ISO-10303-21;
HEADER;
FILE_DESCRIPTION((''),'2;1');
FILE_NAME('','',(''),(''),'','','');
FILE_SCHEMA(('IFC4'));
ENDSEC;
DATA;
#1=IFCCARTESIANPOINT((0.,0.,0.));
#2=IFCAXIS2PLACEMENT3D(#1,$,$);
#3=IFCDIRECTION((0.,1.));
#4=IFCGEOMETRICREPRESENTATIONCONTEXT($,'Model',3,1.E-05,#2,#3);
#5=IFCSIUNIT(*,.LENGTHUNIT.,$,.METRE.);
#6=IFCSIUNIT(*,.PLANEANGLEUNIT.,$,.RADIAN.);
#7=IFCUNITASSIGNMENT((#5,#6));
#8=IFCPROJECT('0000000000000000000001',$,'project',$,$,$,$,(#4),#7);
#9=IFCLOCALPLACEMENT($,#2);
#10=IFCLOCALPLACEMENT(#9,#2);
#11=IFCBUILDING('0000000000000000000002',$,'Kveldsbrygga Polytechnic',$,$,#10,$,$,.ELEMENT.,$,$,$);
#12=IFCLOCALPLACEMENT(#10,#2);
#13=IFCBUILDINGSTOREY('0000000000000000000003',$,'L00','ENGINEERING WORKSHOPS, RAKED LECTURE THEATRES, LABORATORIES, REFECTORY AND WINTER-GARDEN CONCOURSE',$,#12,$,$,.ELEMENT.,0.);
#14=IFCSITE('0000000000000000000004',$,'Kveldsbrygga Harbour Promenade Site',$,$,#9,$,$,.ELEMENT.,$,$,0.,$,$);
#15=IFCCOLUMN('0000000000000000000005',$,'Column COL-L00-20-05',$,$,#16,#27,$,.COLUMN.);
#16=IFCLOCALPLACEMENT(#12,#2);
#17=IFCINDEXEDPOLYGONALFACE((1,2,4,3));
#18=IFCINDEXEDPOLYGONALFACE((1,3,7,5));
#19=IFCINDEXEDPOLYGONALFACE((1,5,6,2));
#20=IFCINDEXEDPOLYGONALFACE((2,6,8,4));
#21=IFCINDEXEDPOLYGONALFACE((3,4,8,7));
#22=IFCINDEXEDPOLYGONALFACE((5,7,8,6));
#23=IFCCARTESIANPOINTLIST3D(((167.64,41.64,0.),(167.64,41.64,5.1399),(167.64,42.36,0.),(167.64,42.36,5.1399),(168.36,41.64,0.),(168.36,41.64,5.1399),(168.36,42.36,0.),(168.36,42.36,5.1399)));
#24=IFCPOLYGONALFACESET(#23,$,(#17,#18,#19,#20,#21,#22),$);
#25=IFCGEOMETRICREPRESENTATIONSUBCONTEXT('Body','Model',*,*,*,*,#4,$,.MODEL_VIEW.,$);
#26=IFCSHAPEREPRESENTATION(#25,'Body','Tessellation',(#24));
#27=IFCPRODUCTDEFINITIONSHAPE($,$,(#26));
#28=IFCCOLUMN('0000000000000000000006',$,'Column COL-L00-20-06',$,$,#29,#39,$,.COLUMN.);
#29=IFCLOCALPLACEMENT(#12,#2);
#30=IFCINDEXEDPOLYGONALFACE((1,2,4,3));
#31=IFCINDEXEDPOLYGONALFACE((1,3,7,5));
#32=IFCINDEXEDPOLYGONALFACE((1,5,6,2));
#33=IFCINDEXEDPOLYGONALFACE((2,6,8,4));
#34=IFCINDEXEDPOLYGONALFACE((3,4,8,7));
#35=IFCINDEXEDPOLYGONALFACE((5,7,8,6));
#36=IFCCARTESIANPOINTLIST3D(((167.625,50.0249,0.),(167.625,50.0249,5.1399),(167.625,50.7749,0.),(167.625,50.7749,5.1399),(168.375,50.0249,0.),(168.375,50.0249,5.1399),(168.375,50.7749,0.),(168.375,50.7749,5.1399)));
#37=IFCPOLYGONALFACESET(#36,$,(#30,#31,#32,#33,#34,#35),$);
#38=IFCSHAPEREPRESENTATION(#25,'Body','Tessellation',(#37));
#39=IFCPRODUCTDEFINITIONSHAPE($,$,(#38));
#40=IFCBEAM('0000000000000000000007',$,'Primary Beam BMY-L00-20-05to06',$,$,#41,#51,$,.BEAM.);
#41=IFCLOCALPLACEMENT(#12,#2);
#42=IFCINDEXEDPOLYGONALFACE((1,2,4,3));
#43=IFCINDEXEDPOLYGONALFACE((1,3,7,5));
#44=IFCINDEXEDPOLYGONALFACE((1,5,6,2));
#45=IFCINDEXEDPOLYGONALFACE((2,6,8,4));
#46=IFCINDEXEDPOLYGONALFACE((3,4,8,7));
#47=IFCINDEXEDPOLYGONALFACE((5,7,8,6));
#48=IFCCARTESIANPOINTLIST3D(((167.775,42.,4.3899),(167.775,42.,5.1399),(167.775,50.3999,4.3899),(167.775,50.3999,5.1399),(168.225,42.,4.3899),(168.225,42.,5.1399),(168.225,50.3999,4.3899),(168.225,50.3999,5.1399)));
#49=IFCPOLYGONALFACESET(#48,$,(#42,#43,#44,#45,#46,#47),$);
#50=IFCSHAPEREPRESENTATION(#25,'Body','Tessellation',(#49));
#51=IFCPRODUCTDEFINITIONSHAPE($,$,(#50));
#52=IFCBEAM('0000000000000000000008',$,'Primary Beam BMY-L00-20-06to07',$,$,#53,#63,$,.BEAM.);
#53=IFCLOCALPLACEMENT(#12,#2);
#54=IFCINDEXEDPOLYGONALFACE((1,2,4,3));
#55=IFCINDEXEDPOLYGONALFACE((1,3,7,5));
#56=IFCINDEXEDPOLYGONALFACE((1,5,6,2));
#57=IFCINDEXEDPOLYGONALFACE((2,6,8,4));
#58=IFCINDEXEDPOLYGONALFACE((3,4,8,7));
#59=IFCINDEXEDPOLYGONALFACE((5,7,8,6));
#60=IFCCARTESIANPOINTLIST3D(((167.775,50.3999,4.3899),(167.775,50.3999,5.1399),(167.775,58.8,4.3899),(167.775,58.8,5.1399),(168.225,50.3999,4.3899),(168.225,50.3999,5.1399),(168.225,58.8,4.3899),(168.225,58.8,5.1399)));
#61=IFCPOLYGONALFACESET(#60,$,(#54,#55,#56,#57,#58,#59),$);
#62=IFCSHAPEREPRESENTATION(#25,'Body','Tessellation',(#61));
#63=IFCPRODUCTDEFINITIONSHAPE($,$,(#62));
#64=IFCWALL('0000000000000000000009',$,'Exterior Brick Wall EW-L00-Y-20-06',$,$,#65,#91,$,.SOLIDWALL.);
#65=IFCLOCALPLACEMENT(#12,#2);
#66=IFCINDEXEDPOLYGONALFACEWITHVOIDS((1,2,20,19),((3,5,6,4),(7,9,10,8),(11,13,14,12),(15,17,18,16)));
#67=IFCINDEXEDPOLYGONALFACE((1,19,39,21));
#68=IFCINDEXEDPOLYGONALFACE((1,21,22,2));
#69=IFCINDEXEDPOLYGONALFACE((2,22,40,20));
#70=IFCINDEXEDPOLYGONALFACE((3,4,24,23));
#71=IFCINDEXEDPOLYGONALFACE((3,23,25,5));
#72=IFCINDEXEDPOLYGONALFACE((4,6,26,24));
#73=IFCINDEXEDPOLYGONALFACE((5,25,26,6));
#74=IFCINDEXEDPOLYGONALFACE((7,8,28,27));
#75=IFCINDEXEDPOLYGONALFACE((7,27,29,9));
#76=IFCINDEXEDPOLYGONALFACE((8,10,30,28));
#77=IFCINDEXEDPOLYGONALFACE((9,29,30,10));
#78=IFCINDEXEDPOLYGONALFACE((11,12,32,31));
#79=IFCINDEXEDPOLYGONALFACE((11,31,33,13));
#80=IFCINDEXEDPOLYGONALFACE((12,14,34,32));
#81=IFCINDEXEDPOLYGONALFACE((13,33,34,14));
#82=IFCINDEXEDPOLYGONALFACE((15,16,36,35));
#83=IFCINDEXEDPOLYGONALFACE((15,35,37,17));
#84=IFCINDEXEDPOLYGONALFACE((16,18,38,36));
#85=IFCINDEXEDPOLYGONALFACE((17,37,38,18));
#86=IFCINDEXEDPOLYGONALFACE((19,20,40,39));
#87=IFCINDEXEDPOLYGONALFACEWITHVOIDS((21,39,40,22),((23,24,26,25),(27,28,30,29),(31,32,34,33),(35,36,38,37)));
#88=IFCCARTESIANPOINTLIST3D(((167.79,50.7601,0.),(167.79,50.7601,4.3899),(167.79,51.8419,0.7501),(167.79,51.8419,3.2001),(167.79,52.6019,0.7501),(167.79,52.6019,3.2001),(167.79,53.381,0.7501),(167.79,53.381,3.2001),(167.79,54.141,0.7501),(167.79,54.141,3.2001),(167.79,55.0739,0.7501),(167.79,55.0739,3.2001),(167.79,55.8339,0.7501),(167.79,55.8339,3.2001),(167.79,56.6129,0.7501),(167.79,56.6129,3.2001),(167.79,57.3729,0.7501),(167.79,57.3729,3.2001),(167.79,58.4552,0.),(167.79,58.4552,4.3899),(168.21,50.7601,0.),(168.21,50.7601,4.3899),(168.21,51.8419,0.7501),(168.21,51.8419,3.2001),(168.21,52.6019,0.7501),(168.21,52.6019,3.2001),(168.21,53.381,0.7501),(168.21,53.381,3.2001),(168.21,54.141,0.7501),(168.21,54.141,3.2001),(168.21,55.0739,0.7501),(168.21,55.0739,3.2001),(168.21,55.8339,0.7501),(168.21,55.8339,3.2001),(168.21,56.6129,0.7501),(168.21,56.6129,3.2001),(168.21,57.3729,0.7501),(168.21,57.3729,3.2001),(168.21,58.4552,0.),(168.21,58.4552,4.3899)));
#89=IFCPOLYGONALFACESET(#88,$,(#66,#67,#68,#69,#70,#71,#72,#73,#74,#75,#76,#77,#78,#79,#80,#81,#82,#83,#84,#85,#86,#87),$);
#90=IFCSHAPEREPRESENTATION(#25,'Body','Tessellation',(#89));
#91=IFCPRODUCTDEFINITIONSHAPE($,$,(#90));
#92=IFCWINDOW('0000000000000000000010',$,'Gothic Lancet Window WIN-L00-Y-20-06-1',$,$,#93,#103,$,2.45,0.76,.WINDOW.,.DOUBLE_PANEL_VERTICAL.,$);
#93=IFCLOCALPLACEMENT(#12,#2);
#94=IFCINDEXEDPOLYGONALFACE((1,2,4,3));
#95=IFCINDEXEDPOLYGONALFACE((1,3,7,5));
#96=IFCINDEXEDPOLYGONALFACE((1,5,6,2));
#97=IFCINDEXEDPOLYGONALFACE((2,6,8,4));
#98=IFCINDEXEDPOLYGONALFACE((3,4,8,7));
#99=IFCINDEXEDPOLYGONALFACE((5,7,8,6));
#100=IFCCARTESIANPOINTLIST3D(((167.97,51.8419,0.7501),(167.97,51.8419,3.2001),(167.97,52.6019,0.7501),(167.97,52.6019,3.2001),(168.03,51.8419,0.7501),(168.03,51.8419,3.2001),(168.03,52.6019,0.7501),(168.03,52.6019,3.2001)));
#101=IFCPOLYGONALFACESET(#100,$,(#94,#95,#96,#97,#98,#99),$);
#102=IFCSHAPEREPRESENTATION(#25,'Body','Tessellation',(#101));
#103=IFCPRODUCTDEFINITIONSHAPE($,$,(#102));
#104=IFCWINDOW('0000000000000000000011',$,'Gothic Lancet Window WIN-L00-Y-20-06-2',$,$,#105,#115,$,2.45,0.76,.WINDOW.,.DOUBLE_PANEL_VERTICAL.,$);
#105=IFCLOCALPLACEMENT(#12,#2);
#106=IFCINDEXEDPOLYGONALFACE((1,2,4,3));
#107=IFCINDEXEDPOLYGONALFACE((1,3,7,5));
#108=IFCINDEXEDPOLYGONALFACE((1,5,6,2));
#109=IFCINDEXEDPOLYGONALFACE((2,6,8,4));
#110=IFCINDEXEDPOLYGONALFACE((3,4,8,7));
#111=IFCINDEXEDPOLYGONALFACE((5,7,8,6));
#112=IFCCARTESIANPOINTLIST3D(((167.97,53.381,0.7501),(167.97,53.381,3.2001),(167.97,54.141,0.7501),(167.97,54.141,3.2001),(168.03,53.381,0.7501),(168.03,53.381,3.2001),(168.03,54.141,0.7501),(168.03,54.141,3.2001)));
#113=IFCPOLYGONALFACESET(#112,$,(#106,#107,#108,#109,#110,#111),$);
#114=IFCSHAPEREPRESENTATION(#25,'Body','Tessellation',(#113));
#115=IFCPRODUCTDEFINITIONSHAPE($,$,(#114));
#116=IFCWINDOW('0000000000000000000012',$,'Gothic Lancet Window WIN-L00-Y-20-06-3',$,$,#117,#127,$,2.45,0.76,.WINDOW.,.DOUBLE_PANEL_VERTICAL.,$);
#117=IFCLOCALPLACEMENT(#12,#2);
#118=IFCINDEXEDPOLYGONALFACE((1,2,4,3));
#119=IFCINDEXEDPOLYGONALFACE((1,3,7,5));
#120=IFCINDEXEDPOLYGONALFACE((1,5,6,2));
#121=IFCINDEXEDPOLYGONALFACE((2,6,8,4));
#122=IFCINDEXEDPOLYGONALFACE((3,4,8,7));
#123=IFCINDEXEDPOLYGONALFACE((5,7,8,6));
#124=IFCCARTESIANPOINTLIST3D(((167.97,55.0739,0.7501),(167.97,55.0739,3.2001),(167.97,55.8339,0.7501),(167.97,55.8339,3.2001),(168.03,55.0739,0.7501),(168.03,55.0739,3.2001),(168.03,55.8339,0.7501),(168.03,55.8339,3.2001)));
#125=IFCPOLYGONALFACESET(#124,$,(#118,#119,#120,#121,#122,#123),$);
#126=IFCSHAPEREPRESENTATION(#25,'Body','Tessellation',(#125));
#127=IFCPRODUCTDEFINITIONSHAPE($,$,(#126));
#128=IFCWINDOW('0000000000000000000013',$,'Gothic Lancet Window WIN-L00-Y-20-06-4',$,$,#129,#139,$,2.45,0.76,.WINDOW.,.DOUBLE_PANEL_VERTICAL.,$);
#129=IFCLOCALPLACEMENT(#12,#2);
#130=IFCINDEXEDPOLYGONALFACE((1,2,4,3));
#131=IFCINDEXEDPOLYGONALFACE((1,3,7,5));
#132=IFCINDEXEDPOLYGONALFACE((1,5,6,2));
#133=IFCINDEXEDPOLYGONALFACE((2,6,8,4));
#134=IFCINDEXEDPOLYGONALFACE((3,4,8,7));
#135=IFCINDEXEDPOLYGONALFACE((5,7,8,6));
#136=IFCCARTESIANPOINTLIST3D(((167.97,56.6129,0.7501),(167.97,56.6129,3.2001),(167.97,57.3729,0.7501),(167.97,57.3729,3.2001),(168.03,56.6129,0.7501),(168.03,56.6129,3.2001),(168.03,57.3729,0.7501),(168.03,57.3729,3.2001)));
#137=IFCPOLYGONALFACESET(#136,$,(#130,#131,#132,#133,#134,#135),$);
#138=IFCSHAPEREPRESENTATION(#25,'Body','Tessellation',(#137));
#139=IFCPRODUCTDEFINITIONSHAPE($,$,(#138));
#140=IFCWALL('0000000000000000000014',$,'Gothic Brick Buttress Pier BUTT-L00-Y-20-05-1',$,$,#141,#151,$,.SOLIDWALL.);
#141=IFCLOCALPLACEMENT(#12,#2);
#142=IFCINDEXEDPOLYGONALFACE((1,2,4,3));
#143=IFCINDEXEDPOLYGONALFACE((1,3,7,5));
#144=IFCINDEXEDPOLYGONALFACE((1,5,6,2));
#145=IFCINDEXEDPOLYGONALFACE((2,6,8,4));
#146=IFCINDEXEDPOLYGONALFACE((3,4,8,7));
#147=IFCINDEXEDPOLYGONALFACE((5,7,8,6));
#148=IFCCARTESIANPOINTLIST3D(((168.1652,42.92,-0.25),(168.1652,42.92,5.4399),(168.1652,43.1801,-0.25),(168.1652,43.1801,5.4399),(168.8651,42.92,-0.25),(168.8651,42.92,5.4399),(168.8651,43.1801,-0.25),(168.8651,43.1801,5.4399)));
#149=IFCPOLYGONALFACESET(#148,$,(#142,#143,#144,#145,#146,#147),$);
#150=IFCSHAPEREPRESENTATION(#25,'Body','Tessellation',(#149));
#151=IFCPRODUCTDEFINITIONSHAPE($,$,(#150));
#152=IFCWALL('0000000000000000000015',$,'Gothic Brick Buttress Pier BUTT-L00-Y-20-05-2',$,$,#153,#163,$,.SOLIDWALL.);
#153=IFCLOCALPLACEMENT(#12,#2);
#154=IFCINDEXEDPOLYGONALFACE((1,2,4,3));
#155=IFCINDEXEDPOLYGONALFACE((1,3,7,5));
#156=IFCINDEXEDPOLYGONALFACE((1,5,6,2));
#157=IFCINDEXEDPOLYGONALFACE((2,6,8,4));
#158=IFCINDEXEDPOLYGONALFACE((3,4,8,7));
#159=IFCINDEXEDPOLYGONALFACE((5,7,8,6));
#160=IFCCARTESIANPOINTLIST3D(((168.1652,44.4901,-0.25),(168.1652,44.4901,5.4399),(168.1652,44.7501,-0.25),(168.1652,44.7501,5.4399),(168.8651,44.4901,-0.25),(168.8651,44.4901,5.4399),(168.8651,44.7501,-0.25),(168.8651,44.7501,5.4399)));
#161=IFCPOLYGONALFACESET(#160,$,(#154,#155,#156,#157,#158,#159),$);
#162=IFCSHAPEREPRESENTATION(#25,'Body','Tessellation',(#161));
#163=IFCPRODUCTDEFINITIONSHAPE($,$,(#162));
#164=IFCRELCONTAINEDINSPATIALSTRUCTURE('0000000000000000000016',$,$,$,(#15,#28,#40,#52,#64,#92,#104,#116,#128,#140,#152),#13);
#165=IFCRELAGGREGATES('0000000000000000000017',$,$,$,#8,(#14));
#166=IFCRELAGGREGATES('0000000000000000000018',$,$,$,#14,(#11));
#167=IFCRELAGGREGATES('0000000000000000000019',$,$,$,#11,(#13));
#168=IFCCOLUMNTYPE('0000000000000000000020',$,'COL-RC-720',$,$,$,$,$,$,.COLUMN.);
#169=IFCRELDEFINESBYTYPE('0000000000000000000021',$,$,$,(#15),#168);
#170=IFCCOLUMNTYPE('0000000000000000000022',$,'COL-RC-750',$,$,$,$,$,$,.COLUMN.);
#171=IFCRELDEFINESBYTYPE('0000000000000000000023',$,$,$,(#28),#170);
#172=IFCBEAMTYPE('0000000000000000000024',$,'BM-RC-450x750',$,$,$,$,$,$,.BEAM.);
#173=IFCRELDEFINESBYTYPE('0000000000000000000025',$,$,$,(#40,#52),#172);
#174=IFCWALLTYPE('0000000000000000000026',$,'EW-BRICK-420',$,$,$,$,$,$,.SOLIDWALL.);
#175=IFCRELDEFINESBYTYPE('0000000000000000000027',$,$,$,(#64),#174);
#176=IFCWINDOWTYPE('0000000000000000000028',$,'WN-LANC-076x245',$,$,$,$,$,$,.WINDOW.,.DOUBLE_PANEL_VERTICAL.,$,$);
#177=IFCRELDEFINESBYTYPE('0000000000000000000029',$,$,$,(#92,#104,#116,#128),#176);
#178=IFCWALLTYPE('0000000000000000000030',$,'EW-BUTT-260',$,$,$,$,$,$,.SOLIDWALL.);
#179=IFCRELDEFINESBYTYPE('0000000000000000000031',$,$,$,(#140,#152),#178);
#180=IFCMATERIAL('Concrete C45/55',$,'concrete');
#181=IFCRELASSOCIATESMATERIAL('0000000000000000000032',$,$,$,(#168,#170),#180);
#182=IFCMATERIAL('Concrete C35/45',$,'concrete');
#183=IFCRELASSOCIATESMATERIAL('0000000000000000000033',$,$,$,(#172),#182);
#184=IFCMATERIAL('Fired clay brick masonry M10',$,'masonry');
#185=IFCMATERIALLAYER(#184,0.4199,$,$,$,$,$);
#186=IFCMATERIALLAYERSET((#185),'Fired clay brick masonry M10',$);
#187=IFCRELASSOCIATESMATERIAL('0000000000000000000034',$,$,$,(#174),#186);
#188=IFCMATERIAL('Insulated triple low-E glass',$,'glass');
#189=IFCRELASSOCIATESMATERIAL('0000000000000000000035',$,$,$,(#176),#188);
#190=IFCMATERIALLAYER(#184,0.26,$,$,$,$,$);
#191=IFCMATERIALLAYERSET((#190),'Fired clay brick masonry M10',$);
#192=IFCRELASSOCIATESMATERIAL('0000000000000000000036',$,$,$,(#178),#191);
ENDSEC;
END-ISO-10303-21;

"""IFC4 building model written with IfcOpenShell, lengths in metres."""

from ifc_helpers import new_model, si_unit, direction, frame, frame_2d, origin, origin_2d, place, context, subcontext, project, spatial, rectangle, extrude, material, layer, layer_set, material_profile, profile_set, type_object, element, fill, save


model = new_model("IFC4")

# Units and contexts
model_context = context("Model", 3, precision=1e-05, world=origin(), true_north=direction((0.0, 1.0)))
body_context = subcontext(model_context, "Body", "Model", "MODEL_VIEW")
ifc_project = project(units=[si_unit("LENGTHUNIT", "METRE"), si_unit("PLANEANGLEUNIT", "RADIAN")], contexts=[model_context])

# Site, building, storey
site_placement = place(None, origin())
site = spatial("IfcSite", under=ifc_project, at=site_placement, Name="Kveldsbrygga Harbour Promenade Site", CompositionType="ELEMENT", RefElevation=0.0)
building_placement = place(site_placement, origin())
building = spatial("IfcBuilding", under=site, at=building_placement, Name="Kveldsbrygga Polytechnic", CompositionType="ELEMENT")
storey_placement = place(building_placement, origin())
storey = spatial("IfcBuildingStorey", under=building, at=storey_placement, Name="L00", Description="ENGINEERING WORKSHOPS, RAKED LECTURE THEATRES, LABORATORIES, REFECTORY AND WINTER-GARDEN CONCOURSE", CompositionType="ELEMENT", Elevation=0.0)

# Columns
ifc_material_1 = material(Name="Concrete C45/55", Category="concrete")
ifc_material_profile_1 = material_profile(ifc_material_1, rectangle(XDim=0.72, YDim=0.72, at=origin_2d()), Name="RC 720x720")
ifc_profile_set_1 = profile_set([ifc_material_profile_1], Name="Concrete C45/55")
column_type_1 = type_object("IfcColumnType", Name="COL-RC-720", PredefinedType="COLUMN", material=ifc_profile_set_1)
column_1_placement = place(storey_placement, frame((168.0, 42.0, 0.0), z_axis=(0.0, 0.0, 1.0), x_axis=(1.0, 0.0, 0.0)))
element("IfcColumn", 1, at=column_1_placement, inside=storey, type_object=column_type_1, Name="Column COL-L00-20-05", PredefinedType="COLUMN", context=body_context, shape_type="SweptSolid", body=[
    extrude(rectangle(XDim=0.72, YDim=0.72, at=origin_2d()), origin(), (0.0, 0.0, 1.0), 5.1399),
])
ifc_material_profile_2 = material_profile(ifc_material_1, rectangle(XDim=0.75, YDim=0.75, at=origin_2d()), Name="RC 750x750")
ifc_profile_set_2 = profile_set([ifc_material_profile_2], Name="Concrete C45/55")
column_type_2 = type_object("IfcColumnType", Name="COL-RC-750", PredefinedType="COLUMN", material=ifc_profile_set_2)
column_2_placement = place(storey_placement, frame((168.0, 50.3999, 0.0), z_axis=(0.0, 0.0, 1.0), x_axis=(1.0, 0.0, 0.0)))
element("IfcColumn", 2, at=column_2_placement, inside=storey, type_object=column_type_2, Name="Column COL-L00-20-06", PredefinedType="COLUMN", context=body_context, shape_type="SweptSolid", body=[
    extrude(rectangle(XDim=0.75, YDim=0.75, at=origin_2d()), origin(), (0.0, 0.0, 1.0), 5.1399),
])

# Beams
ifc_material_2 = material(Name="Concrete C35/45", Category="concrete")
ifc_material_profile_3 = material_profile(ifc_material_2, rectangle(XDim=0.45, YDim=0.75, at=origin_2d()), Name="RC 450x750")
ifc_profile_set_3 = profile_set([ifc_material_profile_3], Name="Concrete C35/45")
beam_type = type_object("IfcBeamType", Name="BM-RC-450x750", PredefinedType="BEAM", material=ifc_profile_set_3)
beam_1_placement = place(storey_placement, frame((168.0, 42.0, 4.7649), z_axis=(0.0, 1.0, 0.0), x_axis=(-1.0, 0.0, 0.0)))
element("IfcBeam", 3, at=beam_1_placement, inside=storey, type_object=beam_type, Name="Primary Beam BMY-L00-20-05to06", PredefinedType="BEAM", context=body_context, shape_type="SweptSolid", body=[
    extrude(rectangle(XDim=0.45, YDim=0.75, at=origin_2d()), origin(), (0.0, 0.0, 1.0), 8.3999),
])
beam_2_placement = place(storey_placement, frame((168.0, 50.3999, 4.7649), z_axis=(0.0, 1.0, 0.0), x_axis=(-1.0, 0.0, 0.0)))
element("IfcBeam", 4, at=beam_2_placement, inside=storey, type_object=beam_type, Name="Primary Beam BMY-L00-20-06to07", PredefinedType="BEAM", context=body_context, shape_type="SweptSolid", body=[
    extrude(rectangle(XDim=0.45, YDim=0.75, at=origin_2d()), origin(), (0.0, 0.0, 1.0), 8.4001),
])

# Shared definitions
ifc_material_3 = material(Name="Fired clay brick masonry M10", Category="masonry")
ifc_layer_1 = layer(ifc_material_3, 0.4199)
ifc_layer_set_1 = layer_set([ifc_layer_1], Name="Fired clay brick masonry M10")
wall_type_1 = type_object("IfcWallType", Name="EW-BRICK-420", PredefinedType="SOLIDWALL", material=ifc_layer_set_1)

# Wall, openings, windows
wall_1_placement = place(storey_placement, frame((168.0, 50.76, 0.0), z_axis=(0.0, 0.0, 1.0), x_axis=(0.0, 1.0, 0.0)))
wall_1 = element("IfcWall", 5, at=wall_1_placement, inside=storey, type_object=wall_type_1, Name="Exterior Brick Wall EW-L00-Y-20-06", PredefinedType="SOLIDWALL", context=body_context, shape_type="SweptSolid", body=[
    extrude(rectangle(XDim=7.6951, YDim=0.4199, at=frame_2d((3.8477, 0.0))), origin(), (0.0, 0.0, 1.0), 4.3899),
])
opening_1_placement = place(wall_1_placement, frame((1.082, 0.0, 0.75)))
opening_1 = element("IfcOpeningElement", 6, at=opening_1_placement, cuts=wall_1, PredefinedType="OPENING", context=body_context, shape_type="SweptSolid", body=[
    extrude(rectangle(XDim=0.76, YDim=2.45, at=frame_2d((0.3799, 1.2251))), frame((0.0, 0.22, 0.0), z_axis=(0.0, -1.0, 0.0), x_axis=(1.0, 0.0, 0.0)), (0.0, 0.0, 1.0), 0.4399),
])
opening_2_placement = place(wall_1_placement, frame((2.6211, 0.0, 0.75)))
opening_2 = element("IfcOpeningElement", 7, at=opening_2_placement, cuts=wall_1, PredefinedType="OPENING", context=body_context, shape_type="SweptSolid", body=[
    extrude(rectangle(XDim=0.76, YDim=2.45, at=frame_2d((0.3799, 1.2251))), frame((0.0, 0.22, 0.0), z_axis=(0.0, -1.0, 0.0), x_axis=(1.0, 0.0, 0.0)), (0.0, 0.0, 1.0), 0.4399),
])
opening_3_placement = place(wall_1_placement, frame((4.314, 0.0, 0.75)))
opening_3 = element("IfcOpeningElement", 8, at=opening_3_placement, cuts=wall_1, PredefinedType="OPENING", context=body_context, shape_type="SweptSolid", body=[
    extrude(rectangle(XDim=0.76, YDim=2.45, at=frame_2d((0.3799, 1.2251))), frame((0.0, 0.22, 0.0), z_axis=(0.0, -1.0, 0.0), x_axis=(1.0, 0.0, 0.0)), (0.0, 0.0, 1.0), 0.4399),
])
opening_4_placement = place(wall_1_placement, frame((5.853, 0.0, 0.75)))
opening_4 = element("IfcOpeningElement", 9, at=opening_4_placement, cuts=wall_1, PredefinedType="OPENING", context=body_context, shape_type="SweptSolid", body=[
    extrude(rectangle(XDim=0.76, YDim=2.45, at=frame_2d((0.3799, 1.2251))), frame((0.0, 0.22, 0.0), z_axis=(0.0, -1.0, 0.0), x_axis=(1.0, 0.0, 0.0)), (0.0, 0.0, 1.0), 0.4399),
])
ifc_material_4 = material(Name="Insulated triple low-E glass", Category="glass")
window_type = type_object("IfcWindowType", Name="WN-LANC-076x245", PartitioningType="DOUBLE_PANEL_VERTICAL", PredefinedType="WINDOW", material=ifc_material_4)
window_1_placement = place(opening_1_placement, origin())
window_1 = element("IfcWindow", 10, at=window_1_placement, inside=storey, type_object=window_type, Name="Gothic Lancet Window WIN-L00-Y-20-06-1", OverallHeight=2.45, OverallWidth=0.76, PartitioningType="DOUBLE_PANEL_VERTICAL", PredefinedType="WINDOW", context=body_context, shape_type="SweptSolid", body=[
    extrude(rectangle(XDim=0.76, YDim=2.45, at=frame_2d((0.3799, 1.2251))), frame((0.0, 0.03, 0.0), z_axis=(0.0, -1.0, 0.0), x_axis=(1.0, 0.0, 0.0)), (0.0, 0.0, 1.0), 0.0601),
])
fill(opening_1, window_1)
window_2_placement = place(opening_2_placement, origin())
window_2 = element("IfcWindow", 11, at=window_2_placement, inside=storey, type_object=window_type, Name="Gothic Lancet Window WIN-L00-Y-20-06-2", OverallHeight=2.45, OverallWidth=0.76, PartitioningType="DOUBLE_PANEL_VERTICAL", PredefinedType="WINDOW", context=body_context, shape_type="SweptSolid", body=[
    extrude(rectangle(XDim=0.76, YDim=2.45, at=frame_2d((0.3799, 1.2251))), frame((0.0, 0.03, 0.0), z_axis=(0.0, -1.0, 0.0), x_axis=(1.0, 0.0, 0.0)), (0.0, 0.0, 1.0), 0.0601),
])
fill(opening_2, window_2)
window_3_placement = place(opening_3_placement, origin())
window_3 = element("IfcWindow", 12, at=window_3_placement, inside=storey, type_object=window_type, Name="Gothic Lancet Window WIN-L00-Y-20-06-3", OverallHeight=2.45, OverallWidth=0.76, PartitioningType="DOUBLE_PANEL_VERTICAL", PredefinedType="WINDOW", context=body_context, shape_type="SweptSolid", body=[
    extrude(rectangle(XDim=0.76, YDim=2.45, at=frame_2d((0.3799, 1.2251))), frame((0.0, 0.03, 0.0), z_axis=(0.0, -1.0, 0.0), x_axis=(1.0, 0.0, 0.0)), (0.0, 0.0, 1.0), 0.0601),
])
fill(opening_3, window_3)
window_4_placement = place(opening_4_placement, origin())
window_4 = element("IfcWindow", 13, at=window_4_placement, inside=storey, type_object=window_type, Name="Gothic Lancet Window WIN-L00-Y-20-06-4", OverallHeight=2.45, OverallWidth=0.76, PartitioningType="DOUBLE_PANEL_VERTICAL", PredefinedType="WINDOW", context=body_context, shape_type="SweptSolid", body=[
    extrude(rectangle(XDim=0.76, YDim=2.45, at=frame_2d((0.3799, 1.2251))), frame((0.0, 0.03, 0.0), z_axis=(0.0, -1.0, 0.0), x_axis=(1.0, 0.0, 0.0)), (0.0, 0.0, 1.0), 0.0601),
])
fill(opening_4, window_4)

# Walls
ifc_layer_2 = layer(ifc_material_3, 0.26)
ifc_layer_set_2 = layer_set([ifc_layer_2], Name="Fired clay brick masonry M10")
wall_type_2 = type_object("IfcWallType", Name="EW-BUTT-260", PredefinedType="SOLIDWALL", material=ifc_layer_set_2)
for number, where, z_axis, x_axis, name in (
    (14, (168.165, 43.05, -0.25), (0.0, 0.0, 1.0), (1.0, 0.0, 0.0), "Gothic Brick Buttress Pier BUTT-L00-Y-20-05-1"),
    (15, (168.165, 44.6201, -0.25), (0.0, 0.0, 1.0), (1.0, 0.0, 0.0), "Gothic Brick Buttress Pier BUTT-L00-Y-20-05-2"),
):
    element("IfcWall", number, at=place(storey_placement, frame(where, z_axis=z_axis, x_axis=x_axis)), inside=storey, type_object=wall_type_2, Name=name, PredefinedType="SOLIDWALL", context=body_context, shape_type="SweptSolid", body=[
        extrude(rectangle(XDim=0.7, YDim=0.26, at=frame_2d((0.3501, 0.0))), origin(), (0.0, 0.0, 1.0), 5.6899),
    ])

save(model, "model.ifc")
